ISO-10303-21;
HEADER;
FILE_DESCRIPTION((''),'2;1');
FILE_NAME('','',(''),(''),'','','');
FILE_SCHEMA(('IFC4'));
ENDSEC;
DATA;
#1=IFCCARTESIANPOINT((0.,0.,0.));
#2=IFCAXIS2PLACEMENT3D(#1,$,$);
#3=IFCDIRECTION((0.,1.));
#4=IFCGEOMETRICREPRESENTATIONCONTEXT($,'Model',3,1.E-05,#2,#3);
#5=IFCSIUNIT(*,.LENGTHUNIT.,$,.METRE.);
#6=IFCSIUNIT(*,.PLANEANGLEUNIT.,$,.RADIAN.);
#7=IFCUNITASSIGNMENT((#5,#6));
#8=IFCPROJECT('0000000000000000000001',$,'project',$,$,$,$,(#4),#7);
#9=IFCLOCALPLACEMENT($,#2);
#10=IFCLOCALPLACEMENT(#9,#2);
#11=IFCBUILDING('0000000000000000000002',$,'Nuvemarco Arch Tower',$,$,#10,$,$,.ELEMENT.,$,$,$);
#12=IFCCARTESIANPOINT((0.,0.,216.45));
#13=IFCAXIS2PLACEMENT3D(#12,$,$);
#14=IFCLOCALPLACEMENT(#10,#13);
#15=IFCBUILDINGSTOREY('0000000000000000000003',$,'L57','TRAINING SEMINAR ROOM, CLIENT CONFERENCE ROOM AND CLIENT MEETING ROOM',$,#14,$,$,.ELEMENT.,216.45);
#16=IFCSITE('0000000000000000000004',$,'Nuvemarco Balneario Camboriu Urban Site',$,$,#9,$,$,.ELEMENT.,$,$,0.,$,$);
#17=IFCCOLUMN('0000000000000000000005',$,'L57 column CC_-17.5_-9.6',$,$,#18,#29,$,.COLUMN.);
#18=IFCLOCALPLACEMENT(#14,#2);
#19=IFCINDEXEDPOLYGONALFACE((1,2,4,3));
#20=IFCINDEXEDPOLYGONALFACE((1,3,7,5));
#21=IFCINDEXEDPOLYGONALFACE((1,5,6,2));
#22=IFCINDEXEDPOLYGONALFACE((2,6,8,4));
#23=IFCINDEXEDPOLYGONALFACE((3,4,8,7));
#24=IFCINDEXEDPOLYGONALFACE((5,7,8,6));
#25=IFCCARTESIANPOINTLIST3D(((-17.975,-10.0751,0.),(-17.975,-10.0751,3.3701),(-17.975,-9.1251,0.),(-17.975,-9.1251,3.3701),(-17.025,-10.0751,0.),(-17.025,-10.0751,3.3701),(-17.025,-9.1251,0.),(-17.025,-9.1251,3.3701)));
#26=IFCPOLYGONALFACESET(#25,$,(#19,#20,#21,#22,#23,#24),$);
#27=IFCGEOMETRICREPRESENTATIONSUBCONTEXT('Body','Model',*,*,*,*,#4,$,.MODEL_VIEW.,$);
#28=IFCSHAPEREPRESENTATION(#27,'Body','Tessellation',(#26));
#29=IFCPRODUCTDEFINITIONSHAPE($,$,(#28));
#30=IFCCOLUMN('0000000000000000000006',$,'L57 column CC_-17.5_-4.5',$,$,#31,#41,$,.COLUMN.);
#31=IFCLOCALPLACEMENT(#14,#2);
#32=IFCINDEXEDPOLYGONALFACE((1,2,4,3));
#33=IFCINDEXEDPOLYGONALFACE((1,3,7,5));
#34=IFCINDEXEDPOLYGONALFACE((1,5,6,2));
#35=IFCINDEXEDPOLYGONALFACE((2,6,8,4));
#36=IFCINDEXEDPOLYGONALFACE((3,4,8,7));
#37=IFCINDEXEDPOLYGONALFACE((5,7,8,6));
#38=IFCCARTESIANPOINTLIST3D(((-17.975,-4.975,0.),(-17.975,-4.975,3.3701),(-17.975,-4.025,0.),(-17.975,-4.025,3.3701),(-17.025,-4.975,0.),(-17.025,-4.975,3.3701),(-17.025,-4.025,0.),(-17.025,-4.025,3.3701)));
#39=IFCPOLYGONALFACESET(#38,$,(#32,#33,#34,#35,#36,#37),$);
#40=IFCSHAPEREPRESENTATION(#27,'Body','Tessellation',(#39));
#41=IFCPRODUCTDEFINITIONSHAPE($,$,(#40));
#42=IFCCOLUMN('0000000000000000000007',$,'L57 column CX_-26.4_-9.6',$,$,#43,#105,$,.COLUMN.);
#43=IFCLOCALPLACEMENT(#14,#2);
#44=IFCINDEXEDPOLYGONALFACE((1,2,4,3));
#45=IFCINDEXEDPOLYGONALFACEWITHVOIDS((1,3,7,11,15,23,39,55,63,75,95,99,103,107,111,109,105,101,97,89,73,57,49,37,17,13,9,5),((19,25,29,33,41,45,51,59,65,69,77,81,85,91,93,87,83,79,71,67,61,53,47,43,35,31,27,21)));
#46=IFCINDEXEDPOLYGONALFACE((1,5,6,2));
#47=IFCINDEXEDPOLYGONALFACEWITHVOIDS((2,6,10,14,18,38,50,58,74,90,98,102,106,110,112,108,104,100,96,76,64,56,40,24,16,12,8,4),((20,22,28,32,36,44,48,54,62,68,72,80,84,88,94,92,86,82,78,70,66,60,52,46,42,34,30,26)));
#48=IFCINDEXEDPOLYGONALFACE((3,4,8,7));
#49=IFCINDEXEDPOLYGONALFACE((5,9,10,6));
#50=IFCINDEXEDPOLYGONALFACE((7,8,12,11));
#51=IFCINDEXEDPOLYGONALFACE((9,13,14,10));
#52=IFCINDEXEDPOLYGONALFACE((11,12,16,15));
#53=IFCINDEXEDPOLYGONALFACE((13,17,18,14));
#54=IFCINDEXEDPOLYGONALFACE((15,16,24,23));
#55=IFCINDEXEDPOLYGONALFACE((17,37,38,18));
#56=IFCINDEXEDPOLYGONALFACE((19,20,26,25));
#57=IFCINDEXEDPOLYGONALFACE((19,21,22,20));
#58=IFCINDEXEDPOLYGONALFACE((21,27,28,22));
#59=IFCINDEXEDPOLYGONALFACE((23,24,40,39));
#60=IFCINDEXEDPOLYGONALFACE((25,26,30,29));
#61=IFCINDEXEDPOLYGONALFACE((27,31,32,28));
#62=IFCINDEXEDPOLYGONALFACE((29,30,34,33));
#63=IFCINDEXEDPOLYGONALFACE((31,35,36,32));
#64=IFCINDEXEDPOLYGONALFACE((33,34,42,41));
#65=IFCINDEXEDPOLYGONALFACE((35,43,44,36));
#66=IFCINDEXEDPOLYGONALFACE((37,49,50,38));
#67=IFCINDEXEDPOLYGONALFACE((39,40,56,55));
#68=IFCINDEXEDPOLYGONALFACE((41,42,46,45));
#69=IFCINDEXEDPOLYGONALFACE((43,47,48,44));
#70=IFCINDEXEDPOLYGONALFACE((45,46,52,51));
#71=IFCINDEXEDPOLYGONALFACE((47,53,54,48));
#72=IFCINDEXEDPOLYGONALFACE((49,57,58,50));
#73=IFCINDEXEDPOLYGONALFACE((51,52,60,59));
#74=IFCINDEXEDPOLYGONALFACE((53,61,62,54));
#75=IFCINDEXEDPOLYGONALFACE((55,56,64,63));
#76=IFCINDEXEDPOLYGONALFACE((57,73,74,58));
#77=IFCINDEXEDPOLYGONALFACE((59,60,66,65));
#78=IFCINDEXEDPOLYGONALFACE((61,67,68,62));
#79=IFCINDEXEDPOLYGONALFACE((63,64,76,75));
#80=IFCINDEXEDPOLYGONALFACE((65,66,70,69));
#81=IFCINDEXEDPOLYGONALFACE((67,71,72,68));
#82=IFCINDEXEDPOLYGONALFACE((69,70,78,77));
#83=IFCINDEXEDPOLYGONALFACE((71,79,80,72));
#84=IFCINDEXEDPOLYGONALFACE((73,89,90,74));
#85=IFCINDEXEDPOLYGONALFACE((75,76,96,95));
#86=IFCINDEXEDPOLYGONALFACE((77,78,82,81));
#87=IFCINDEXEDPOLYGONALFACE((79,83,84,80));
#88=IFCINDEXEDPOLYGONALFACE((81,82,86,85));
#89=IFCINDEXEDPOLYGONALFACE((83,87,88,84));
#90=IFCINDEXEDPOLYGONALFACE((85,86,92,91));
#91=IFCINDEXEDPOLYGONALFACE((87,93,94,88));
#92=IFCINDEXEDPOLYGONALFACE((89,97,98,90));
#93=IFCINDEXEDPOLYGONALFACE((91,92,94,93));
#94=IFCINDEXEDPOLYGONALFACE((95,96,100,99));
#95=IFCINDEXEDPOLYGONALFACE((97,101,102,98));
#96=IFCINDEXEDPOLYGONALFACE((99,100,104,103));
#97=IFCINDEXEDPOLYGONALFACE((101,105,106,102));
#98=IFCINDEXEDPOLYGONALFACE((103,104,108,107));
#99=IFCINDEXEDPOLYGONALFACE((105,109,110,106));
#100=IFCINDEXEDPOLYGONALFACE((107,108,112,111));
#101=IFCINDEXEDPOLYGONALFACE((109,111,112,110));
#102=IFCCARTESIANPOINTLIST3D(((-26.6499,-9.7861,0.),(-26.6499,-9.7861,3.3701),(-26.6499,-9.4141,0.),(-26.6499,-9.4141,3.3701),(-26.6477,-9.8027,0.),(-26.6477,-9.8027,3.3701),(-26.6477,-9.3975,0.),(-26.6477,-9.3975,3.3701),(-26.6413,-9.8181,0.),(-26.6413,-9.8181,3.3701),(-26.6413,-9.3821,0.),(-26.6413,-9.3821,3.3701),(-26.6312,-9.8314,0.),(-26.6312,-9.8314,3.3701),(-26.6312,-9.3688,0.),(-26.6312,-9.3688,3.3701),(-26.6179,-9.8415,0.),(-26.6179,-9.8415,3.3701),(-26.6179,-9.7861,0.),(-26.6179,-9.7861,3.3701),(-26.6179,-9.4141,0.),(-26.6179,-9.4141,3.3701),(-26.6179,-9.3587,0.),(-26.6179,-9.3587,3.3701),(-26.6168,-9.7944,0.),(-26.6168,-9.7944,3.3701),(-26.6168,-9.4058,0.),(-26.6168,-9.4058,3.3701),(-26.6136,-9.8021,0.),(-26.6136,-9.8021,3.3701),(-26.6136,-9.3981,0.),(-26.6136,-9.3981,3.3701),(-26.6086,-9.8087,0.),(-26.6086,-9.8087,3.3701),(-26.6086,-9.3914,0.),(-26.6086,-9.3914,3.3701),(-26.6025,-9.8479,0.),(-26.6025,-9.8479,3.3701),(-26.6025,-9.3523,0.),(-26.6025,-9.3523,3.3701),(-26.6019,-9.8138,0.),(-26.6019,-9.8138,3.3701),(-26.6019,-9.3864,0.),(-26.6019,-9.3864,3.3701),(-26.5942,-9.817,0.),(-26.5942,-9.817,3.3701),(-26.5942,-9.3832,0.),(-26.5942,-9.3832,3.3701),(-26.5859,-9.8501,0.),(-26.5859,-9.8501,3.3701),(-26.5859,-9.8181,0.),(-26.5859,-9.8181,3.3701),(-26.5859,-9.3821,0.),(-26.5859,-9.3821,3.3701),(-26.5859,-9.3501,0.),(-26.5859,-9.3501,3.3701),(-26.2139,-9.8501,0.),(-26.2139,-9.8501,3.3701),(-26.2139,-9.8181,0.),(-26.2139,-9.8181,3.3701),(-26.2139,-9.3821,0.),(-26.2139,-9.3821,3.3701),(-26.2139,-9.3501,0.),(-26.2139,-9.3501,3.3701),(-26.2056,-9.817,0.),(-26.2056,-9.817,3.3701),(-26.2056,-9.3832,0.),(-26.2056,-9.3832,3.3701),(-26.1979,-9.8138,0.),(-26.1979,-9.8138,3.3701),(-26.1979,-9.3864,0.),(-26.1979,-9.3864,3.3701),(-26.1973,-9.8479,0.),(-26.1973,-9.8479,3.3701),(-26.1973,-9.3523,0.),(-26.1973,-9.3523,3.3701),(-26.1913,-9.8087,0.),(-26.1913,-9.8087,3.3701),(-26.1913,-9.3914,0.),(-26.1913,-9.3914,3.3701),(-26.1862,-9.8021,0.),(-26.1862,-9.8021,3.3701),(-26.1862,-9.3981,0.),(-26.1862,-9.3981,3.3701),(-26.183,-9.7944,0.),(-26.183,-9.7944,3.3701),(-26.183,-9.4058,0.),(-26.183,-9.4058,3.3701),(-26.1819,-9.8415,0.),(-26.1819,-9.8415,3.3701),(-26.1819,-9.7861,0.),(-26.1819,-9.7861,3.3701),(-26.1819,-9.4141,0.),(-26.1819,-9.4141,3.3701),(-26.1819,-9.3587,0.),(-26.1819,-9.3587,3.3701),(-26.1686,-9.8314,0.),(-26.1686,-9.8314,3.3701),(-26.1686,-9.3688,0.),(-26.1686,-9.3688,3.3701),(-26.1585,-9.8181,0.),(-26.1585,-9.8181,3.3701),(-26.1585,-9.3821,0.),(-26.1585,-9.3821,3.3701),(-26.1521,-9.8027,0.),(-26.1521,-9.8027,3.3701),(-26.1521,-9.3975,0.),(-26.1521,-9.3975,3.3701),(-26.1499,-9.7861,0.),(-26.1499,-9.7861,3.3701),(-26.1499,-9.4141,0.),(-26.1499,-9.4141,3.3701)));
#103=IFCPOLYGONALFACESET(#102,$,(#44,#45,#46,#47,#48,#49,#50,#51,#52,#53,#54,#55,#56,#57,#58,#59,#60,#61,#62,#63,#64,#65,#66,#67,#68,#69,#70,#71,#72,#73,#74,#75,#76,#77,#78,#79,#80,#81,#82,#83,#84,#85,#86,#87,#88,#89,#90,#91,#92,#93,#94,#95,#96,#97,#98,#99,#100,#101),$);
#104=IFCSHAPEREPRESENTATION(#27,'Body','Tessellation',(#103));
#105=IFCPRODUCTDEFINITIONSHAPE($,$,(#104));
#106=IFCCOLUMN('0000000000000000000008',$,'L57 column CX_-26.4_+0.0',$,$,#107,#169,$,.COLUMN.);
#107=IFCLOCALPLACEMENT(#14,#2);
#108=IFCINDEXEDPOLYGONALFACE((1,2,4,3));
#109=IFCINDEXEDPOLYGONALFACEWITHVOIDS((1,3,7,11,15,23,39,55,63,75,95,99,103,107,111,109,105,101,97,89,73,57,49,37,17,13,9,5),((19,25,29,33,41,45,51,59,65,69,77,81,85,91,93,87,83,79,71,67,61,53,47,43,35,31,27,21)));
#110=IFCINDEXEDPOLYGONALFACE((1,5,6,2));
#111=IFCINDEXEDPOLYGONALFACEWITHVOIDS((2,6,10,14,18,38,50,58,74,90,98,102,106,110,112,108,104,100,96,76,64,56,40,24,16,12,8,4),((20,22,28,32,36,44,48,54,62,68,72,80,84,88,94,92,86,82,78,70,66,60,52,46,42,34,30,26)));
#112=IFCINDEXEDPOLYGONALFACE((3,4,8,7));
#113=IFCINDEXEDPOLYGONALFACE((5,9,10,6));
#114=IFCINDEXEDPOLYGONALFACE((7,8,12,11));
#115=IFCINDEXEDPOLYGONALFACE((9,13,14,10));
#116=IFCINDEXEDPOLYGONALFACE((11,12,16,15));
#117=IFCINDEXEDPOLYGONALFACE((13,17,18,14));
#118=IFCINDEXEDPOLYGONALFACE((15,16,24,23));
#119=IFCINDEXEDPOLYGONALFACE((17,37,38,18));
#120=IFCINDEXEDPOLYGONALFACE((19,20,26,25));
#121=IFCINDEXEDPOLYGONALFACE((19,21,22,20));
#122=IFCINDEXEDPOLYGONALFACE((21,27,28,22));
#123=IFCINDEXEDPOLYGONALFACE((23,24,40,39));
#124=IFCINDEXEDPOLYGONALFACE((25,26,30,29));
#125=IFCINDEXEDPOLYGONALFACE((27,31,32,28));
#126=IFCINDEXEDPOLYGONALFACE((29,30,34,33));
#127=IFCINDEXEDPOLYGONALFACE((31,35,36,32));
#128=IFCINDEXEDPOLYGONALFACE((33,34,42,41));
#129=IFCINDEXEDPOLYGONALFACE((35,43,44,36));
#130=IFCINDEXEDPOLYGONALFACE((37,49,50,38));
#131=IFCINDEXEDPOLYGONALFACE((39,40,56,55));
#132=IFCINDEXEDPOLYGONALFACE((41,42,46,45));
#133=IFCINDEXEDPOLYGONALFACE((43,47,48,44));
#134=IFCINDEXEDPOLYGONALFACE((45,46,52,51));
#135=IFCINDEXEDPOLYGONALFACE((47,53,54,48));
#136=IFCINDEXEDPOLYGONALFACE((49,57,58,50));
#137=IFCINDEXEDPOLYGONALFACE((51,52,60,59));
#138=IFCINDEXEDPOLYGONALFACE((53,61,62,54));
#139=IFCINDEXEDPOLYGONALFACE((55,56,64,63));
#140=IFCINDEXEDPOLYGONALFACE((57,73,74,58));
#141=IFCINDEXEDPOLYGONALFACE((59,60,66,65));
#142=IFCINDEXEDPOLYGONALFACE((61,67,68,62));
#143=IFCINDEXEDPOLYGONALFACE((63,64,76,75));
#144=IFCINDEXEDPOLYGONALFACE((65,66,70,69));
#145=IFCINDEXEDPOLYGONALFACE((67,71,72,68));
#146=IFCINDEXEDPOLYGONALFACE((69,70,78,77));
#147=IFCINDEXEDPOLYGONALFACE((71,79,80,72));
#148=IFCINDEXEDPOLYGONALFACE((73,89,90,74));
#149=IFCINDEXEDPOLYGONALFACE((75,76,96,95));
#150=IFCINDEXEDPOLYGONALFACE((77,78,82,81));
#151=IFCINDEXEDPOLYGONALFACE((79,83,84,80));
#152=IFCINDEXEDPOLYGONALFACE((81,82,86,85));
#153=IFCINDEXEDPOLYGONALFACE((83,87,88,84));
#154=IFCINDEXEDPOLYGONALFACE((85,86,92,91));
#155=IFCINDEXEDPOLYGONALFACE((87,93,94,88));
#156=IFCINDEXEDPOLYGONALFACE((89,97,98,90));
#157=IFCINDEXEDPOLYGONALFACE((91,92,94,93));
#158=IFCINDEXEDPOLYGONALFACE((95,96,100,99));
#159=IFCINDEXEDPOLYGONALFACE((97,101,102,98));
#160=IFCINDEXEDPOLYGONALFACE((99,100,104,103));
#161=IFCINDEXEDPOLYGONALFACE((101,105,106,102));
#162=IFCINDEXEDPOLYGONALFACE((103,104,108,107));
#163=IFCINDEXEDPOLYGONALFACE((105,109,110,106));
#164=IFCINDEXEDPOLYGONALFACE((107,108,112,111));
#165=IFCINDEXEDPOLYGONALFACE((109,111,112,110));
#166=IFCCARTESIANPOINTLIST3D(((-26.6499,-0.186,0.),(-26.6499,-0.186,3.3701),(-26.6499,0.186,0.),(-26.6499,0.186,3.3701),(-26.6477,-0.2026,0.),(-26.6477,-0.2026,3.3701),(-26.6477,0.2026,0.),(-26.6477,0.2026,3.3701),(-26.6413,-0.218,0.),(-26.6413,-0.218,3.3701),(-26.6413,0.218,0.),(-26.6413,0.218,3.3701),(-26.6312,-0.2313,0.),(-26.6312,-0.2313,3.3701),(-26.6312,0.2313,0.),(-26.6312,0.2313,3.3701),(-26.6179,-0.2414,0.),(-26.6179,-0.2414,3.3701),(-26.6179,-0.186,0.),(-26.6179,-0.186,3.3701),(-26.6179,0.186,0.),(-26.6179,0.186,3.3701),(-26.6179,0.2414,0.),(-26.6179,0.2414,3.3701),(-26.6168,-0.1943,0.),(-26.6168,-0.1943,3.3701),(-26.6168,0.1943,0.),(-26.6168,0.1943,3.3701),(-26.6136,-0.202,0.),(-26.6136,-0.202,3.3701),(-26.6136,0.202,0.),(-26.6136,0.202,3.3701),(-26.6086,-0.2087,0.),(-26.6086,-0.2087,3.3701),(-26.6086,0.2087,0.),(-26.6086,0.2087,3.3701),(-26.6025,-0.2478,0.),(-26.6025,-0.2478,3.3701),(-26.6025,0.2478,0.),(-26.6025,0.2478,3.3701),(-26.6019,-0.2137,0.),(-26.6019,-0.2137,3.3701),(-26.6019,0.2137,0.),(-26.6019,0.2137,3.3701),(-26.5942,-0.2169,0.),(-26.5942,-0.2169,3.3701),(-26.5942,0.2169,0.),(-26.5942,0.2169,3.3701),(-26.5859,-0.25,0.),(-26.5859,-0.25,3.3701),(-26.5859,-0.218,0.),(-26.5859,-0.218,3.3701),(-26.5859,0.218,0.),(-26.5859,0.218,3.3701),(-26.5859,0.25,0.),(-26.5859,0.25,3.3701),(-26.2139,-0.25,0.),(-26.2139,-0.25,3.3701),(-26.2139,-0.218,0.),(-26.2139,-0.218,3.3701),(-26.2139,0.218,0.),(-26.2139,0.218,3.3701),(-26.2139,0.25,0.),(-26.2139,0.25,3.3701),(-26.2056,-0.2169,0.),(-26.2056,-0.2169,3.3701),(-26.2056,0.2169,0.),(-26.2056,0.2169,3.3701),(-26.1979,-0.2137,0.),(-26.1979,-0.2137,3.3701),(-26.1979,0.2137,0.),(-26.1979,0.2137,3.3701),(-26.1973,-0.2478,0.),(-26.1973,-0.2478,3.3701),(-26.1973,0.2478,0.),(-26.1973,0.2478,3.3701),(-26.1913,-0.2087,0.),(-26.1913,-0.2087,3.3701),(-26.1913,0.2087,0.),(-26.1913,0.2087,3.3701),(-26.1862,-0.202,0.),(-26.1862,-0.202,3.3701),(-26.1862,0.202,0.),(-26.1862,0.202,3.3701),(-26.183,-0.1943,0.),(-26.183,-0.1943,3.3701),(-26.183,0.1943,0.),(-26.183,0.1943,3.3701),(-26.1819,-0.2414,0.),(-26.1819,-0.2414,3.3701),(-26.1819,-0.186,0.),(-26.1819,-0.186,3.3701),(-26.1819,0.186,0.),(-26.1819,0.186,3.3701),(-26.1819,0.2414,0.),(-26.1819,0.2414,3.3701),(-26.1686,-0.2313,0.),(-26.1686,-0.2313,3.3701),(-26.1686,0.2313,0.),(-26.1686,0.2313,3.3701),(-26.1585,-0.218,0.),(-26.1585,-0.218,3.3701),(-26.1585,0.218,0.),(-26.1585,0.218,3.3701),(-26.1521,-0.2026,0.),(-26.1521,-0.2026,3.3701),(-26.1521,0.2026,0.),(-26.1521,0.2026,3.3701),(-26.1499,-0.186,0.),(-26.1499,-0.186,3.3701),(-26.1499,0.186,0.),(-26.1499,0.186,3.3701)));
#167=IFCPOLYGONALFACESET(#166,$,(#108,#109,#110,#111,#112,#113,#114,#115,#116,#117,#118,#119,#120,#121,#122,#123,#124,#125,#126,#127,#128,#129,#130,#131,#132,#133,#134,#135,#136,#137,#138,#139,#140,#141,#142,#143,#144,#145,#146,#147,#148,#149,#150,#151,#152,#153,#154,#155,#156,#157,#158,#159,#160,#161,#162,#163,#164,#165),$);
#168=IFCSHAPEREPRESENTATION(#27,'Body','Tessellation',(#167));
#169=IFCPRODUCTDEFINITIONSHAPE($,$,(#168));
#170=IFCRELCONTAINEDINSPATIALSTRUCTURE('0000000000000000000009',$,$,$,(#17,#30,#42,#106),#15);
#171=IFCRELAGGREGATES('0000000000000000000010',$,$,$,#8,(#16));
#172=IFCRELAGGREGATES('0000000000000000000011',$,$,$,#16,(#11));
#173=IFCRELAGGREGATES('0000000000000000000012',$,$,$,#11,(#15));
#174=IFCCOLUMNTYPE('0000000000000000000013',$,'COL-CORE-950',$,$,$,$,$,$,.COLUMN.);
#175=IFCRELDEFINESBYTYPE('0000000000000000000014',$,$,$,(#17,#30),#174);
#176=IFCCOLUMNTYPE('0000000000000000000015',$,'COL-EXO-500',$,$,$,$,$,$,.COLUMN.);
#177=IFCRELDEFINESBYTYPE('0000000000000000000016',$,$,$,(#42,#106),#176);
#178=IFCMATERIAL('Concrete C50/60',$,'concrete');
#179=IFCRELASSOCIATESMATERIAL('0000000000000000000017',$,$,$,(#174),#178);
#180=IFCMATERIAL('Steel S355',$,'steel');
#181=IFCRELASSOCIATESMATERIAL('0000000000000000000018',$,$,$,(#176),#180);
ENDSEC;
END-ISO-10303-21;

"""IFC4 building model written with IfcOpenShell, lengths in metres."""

from ifc_helpers import new_model, si_unit, direction, frame, origin, origin_2d, place, context, subcontext, project, spatial, rectangle, hollow_rectangle, extrude, material, material_profile, profile_set, type_object, element, save


model = new_model("IFC4")

# Units and contexts
model_context = context("Model", 3, precision=1e-05, world=origin(), true_north=direction((0.0, 1.0)))
body_context = subcontext(model_context, "Body", "Model", "MODEL_VIEW")
ifc_project = project(units=[si_unit("LENGTHUNIT", "METRE"), si_unit("PLANEANGLEUNIT", "RADIAN")], contexts=[model_context])

# Site, building, storey
site_placement = place(None, origin())
site = spatial("IfcSite", under=ifc_project, at=site_placement, Name="Nuvemarco Balneario Camboriu Urban Site", CompositionType="ELEMENT", RefElevation=0.0)
building_placement = place(site_placement, origin())
building = spatial("IfcBuilding", under=site, at=building_placement, Name="Nuvemarco Arch Tower", CompositionType="ELEMENT")
storey_placement = place(building_placement, frame((0.0, 0.0, 216.45)))
storey = spatial("IfcBuildingStorey", under=building, at=storey_placement, Name="L57", Description="TRAINING SEMINAR ROOM, CLIENT CONFERENCE ROOM AND CLIENT MEETING ROOM", CompositionType="ELEMENT", Elevation=216.45)

# Columns
ifc_material_1 = material(Name="Concrete C50/60", Category="concrete")
ifc_material_profile_1 = material_profile(ifc_material_1, rectangle(XDim=0.95, YDim=0.95, at=origin_2d()), Name="RC-COL-950x950")
ifc_profile_set_1 = profile_set([ifc_material_profile_1], Name="Concrete C50/60")
column_type_1 = type_object("IfcColumnType", Name="COL-CORE-950", PredefinedType="COLUMN", material=ifc_profile_set_1)
for number, where, z_axis, x_axis, name in (
    (1, (-17.5, -9.6001, 0.0), (0.0, 0.0, 1.0), (1.0, 0.0, 0.0), "L57 column CC_-17.5_-9.6"),
    (2, (-17.5, -4.5, 0.0), (0.0, 0.0, 1.0), (1.0, 0.0, 0.0), "L57 column CC_-17.5_-4.5"),
):
    element("IfcColumn", number, at=place(storey_placement, frame(where, z_axis=z_axis, x_axis=x_axis)), inside=storey, type_object=column_type_1, Name=name, PredefinedType="COLUMN", context=body_context, shape_type="SweptSolid", body=[
        extrude(rectangle(XDim=0.95, YDim=0.95, at=origin_2d()), origin(), (0.0, 0.0, 1.0), 3.3701),
    ])
ifc_material_2 = material(Name="Steel S355", Category="steel")
ifc_material_profile_2 = material_profile(ifc_material_2, hollow_rectangle(XDim=0.5, YDim=0.5, WallThickness=0.032, InnerFilletRadius=0.032, OuterFilletRadius=0.064, at=origin_2d()), Name="SHS500x500x32")
ifc_profile_set_2 = profile_set([ifc_material_profile_2], Name="Steel S355")
column_type_2 = type_object("IfcColumnType", Name="COL-EXO-500", PredefinedType="COLUMN", material=ifc_profile_set_2)
for number, where, z_axis, x_axis, name in (
    (3, (-26.3999, -9.6001, 0.0), (0.0, 0.0, 1.0), (1.0, 0.0, 0.0), "L57 column CX_-26.4_-9.6"),
    (4, (-26.3999, 0.0, 0.0), (0.0, 0.0, 1.0), (1.0, 0.0, 0.0), "L57 column CX_-26.4_+0.0"),
):
    element("IfcColumn", number, at=place(storey_placement, frame(where, z_axis=z_axis, x_axis=x_axis)), inside=storey, type_object=column_type_2, Name=name, PredefinedType="COLUMN", context=body_context, shape_type="SweptSolid", body=[
        extrude(hollow_rectangle(XDim=0.5, YDim=0.5, WallThickness=0.032, InnerFilletRadius=0.032, OuterFilletRadius=0.064, at=origin_2d()), origin(), (0.0, 0.0, 1.0), 3.3701),
    ])

save(model, "model.ifc")
